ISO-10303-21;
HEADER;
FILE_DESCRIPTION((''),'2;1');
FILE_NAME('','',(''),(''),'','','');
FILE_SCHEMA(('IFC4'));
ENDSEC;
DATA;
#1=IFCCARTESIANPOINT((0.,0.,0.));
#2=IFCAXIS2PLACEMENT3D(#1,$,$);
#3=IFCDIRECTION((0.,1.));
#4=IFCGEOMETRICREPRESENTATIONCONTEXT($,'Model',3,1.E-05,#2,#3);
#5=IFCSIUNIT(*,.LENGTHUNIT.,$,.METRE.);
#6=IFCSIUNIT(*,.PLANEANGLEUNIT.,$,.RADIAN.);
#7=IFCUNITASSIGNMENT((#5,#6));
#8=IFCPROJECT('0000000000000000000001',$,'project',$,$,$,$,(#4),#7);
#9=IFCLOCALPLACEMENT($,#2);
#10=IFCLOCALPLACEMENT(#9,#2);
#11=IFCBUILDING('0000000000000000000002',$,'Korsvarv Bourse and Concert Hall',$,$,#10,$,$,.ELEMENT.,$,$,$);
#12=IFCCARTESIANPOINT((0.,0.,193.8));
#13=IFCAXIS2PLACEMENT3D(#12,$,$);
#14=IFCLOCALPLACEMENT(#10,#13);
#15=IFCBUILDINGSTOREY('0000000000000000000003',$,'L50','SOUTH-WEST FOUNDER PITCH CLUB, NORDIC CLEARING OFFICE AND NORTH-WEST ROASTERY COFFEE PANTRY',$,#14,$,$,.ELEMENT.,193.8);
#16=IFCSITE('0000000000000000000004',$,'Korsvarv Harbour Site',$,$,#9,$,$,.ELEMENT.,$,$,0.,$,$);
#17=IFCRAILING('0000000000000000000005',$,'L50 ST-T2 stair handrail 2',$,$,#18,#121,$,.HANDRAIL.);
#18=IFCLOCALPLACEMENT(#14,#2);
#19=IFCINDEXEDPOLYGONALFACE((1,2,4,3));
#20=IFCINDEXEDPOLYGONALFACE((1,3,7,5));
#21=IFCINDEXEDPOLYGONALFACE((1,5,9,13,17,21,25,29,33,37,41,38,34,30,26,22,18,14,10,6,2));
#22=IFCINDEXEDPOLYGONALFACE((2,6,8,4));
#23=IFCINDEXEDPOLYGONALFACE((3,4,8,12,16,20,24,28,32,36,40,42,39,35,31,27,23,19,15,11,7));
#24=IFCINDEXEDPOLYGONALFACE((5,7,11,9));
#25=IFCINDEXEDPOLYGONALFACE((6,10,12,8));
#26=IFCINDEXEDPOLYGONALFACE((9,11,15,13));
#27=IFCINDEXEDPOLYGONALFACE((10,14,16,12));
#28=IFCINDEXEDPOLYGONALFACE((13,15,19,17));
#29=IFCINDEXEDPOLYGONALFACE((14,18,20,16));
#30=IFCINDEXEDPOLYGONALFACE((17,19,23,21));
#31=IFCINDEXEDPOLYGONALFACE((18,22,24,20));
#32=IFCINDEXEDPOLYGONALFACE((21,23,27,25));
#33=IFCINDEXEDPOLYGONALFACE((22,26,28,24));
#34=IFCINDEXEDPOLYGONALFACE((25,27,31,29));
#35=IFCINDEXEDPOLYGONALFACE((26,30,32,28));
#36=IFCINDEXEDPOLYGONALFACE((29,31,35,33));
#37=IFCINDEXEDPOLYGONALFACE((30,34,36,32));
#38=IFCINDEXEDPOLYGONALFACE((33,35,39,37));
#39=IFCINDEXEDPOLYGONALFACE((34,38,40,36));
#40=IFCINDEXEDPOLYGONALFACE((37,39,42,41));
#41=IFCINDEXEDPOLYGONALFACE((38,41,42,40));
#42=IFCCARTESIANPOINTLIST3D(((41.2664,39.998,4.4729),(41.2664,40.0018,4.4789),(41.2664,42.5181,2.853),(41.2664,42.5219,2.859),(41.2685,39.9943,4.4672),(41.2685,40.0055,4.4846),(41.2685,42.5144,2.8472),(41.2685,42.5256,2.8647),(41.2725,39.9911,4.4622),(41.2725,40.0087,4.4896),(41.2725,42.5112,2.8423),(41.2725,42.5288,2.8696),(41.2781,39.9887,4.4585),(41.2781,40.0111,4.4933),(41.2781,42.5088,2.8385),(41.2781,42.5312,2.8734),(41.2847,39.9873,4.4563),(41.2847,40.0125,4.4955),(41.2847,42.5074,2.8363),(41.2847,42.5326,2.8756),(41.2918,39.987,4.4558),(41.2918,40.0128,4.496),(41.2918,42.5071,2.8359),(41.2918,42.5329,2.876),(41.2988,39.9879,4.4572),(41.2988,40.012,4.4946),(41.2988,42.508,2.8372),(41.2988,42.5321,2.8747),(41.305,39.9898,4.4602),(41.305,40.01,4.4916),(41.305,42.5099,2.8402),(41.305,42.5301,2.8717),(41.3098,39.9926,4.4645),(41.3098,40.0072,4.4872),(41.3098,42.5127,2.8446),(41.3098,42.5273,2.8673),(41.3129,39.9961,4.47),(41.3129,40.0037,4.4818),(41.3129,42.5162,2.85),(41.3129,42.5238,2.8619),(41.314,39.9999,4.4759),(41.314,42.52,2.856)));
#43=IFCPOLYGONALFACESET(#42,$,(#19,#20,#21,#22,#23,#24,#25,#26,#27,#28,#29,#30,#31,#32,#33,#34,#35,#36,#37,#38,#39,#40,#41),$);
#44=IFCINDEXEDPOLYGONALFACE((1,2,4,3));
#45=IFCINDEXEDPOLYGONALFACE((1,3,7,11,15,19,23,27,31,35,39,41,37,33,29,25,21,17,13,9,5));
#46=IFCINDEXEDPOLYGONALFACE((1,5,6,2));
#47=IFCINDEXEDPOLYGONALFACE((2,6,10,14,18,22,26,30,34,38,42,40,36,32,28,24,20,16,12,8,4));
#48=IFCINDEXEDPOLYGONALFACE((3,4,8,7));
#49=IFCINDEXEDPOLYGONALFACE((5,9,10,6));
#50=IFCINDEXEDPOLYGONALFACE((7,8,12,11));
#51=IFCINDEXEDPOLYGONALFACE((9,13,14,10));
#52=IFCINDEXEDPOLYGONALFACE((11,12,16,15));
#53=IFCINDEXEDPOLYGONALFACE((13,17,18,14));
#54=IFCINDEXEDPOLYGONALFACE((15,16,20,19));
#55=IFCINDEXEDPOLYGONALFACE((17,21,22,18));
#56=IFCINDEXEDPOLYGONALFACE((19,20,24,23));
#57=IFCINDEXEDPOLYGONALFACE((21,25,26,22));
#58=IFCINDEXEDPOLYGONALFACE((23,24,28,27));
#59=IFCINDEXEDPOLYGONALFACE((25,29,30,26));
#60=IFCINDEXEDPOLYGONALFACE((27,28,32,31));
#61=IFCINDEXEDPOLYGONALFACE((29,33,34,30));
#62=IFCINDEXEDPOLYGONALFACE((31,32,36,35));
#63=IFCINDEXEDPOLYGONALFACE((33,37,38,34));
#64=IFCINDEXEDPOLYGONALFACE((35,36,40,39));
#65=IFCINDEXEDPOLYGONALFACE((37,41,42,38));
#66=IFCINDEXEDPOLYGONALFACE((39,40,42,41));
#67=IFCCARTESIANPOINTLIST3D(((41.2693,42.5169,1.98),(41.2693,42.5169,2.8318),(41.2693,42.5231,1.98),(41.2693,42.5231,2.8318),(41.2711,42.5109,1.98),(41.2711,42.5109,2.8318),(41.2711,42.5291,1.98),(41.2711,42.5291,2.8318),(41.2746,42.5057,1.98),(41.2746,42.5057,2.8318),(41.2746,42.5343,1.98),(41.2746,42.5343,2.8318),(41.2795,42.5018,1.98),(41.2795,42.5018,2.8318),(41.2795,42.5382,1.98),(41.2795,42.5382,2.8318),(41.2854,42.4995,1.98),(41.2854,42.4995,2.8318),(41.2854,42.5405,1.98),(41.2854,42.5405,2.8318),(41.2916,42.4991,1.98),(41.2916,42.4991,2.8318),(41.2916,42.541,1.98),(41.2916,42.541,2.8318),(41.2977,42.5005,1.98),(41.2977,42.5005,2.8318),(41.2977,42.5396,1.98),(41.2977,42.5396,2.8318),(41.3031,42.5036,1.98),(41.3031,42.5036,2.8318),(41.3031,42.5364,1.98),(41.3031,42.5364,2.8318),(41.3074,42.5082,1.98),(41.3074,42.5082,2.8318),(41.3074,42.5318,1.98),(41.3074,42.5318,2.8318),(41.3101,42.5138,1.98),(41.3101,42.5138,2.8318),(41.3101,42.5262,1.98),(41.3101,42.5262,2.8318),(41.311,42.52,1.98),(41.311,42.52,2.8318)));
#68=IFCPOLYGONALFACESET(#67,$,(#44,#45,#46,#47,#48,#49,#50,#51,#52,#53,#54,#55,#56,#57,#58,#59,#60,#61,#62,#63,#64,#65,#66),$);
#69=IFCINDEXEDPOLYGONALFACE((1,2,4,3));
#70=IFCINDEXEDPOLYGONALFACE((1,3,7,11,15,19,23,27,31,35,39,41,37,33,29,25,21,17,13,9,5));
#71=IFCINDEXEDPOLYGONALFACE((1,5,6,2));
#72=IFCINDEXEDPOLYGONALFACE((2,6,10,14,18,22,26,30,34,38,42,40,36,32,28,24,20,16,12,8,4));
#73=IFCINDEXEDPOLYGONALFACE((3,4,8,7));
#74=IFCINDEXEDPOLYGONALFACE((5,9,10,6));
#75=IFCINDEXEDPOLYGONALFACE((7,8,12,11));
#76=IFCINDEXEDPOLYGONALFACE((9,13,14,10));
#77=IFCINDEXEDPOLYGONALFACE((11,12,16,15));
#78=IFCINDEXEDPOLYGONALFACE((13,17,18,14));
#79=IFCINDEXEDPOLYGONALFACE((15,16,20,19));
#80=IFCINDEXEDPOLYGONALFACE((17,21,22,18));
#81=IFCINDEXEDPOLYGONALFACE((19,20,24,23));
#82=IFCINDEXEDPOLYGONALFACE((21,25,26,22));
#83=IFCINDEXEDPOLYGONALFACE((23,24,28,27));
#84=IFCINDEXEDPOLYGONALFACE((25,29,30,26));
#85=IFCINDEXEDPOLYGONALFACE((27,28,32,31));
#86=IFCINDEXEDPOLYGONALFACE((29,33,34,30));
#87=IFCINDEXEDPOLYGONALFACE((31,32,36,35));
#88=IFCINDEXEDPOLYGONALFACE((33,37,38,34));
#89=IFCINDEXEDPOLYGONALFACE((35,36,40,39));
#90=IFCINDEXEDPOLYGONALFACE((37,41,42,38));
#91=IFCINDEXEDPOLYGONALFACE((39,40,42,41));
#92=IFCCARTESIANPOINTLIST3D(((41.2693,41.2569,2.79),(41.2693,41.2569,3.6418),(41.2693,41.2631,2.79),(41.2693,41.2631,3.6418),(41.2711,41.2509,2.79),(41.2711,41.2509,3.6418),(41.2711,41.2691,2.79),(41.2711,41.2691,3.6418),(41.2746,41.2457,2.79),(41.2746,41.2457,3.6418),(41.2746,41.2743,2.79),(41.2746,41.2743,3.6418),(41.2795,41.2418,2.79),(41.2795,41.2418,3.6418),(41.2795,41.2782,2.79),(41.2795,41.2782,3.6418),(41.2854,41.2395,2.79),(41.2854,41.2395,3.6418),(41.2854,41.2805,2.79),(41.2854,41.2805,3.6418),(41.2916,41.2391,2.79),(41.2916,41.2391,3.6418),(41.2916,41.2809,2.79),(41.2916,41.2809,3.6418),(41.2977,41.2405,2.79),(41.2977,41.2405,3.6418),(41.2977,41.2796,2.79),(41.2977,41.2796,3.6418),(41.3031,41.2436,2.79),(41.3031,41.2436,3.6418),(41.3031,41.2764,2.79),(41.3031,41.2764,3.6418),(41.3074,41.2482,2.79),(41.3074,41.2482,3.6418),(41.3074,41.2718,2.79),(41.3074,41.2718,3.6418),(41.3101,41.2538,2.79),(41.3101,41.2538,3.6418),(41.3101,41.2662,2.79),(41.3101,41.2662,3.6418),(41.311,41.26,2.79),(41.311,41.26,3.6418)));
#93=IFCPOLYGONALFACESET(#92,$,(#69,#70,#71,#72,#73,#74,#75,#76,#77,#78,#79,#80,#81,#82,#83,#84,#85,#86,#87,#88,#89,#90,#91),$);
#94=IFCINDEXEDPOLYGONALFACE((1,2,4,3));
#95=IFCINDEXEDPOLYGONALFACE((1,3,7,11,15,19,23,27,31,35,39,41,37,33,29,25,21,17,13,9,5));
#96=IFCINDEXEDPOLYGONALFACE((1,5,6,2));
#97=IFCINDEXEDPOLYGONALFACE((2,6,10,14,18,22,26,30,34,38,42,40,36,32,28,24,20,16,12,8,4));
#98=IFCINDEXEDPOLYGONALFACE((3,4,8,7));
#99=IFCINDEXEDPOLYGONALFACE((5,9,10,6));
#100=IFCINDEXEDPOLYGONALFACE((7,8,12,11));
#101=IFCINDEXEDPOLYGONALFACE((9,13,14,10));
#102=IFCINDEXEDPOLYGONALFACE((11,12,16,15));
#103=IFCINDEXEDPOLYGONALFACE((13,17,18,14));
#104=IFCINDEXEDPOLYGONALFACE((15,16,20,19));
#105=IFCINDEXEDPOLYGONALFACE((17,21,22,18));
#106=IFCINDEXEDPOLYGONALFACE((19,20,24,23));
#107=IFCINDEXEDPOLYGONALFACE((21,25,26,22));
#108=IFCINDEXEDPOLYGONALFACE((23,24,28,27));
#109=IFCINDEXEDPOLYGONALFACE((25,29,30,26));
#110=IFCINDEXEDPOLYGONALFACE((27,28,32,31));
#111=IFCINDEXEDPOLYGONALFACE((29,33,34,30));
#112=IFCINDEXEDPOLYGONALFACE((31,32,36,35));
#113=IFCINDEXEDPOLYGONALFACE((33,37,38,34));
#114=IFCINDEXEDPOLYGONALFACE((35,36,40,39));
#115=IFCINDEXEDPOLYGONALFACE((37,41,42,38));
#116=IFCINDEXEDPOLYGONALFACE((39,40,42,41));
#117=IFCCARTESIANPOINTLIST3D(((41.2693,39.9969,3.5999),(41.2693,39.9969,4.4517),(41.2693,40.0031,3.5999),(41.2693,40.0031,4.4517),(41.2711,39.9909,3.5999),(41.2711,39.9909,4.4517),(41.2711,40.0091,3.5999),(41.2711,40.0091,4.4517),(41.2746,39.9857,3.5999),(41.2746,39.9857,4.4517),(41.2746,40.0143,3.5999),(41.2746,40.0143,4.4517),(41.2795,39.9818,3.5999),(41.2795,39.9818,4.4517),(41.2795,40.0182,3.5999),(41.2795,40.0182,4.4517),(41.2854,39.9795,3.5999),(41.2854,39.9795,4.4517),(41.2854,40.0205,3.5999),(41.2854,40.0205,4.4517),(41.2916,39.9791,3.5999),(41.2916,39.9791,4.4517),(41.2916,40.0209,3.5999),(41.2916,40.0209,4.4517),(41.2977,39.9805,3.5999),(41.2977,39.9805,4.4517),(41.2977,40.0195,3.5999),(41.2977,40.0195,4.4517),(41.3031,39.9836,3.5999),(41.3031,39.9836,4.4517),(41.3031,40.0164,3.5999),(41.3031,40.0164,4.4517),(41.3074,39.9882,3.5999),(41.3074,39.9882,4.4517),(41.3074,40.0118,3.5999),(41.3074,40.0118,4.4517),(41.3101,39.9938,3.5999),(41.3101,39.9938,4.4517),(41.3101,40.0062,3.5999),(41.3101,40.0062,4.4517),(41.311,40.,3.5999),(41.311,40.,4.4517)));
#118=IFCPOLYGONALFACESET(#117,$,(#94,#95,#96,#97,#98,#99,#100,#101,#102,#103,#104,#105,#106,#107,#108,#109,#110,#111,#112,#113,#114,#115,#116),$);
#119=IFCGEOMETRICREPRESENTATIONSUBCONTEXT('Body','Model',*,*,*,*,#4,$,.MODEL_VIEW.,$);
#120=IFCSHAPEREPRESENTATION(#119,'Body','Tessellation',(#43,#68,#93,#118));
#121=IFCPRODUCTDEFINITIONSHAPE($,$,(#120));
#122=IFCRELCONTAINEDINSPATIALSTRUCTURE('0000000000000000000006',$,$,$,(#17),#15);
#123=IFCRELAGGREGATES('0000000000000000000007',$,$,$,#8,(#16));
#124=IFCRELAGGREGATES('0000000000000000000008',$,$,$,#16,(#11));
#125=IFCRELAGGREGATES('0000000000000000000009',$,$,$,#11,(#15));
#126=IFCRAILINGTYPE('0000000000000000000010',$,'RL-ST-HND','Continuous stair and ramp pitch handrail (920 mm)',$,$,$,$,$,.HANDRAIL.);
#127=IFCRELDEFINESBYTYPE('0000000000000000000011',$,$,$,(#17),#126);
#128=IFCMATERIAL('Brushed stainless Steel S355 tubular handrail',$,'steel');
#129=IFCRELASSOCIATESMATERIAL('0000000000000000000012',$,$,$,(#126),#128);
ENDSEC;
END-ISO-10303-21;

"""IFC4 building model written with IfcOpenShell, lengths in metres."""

from ifc_helpers import new_model, si_unit, direction, frame, origin, origin_2d, place, context, subcontext, project, spatial, circle, extrude, material, type_object, element, save


model = new_model("IFC4")

# Units and contexts
model_context = context("Model", 3, precision=1e-05, world=origin(), true_north=direction((0.0, 1.0)))
body_context = subcontext(model_context, "Body", "Model", "MODEL_VIEW")
ifc_project = project(units=[si_unit("LENGTHUNIT", "METRE"), si_unit("PLANEANGLEUNIT", "RADIAN")], contexts=[model_context])

# Site, building, storey
site_placement = place(None, origin())
site = spatial("IfcSite", under=ifc_project, at=site_placement, Name="Korsvarv Harbour Site", CompositionType="ELEMENT", RefElevation=0.0)
building_placement = place(site_placement, origin())
building = spatial("IfcBuilding", under=site, at=building_placement, Name="Korsvarv Bourse and Concert Hall", CompositionType="ELEMENT")
storey_placement = place(building_placement, frame((0.0, 0.0, 193.8)))
storey = spatial("IfcBuildingStorey", under=building, at=storey_placement, Name="L50", Description="SOUTH-WEST FOUNDER PITCH CLUB, NORDIC CLEARING OFFICE AND NORTH-WEST ROASTERY COFFEE PANTRY", CompositionType="ELEMENT", Elevation=193.8)

# Railing
ifc_material_1 = material(Name="Brushed stainless Steel S355 tubular handrail", Category="steel")
railing_type = type_object("IfcRailingType", Name="RL-ST-HND", Description="Continuous stair and ramp pitch handrail (920 mm)", PredefinedType="HANDRAIL", material=ifc_material_1)
railing_placement = place(storey_placement, frame((41.29, 42.52, 1.98)))
element("IfcRailing", 1, at=railing_placement, inside=storey, type_object=railing_type, Name="L50 ST-T2 stair handrail 2", PredefinedType="HANDRAIL", context=body_context, shape_type="SweptSolid", body=[
    extrude(circle(Radius=0.0239, at=origin_2d()), frame((0.0, 0.0, 0.876), z_axis=(0.0, -0.8412, 0.540725), x_axis=(1.0, 0.0, 0.0)), (0.0, 0.0, 1.0), 2.9958),
    extrude(circle(Radius=0.021, at=origin_2d()), origin(), (0.0, 0.0, 1.0), 0.8518),
    extrude(circle(Radius=0.021, at=origin_2d()), frame((0.0, -1.26, 0.8101)), (0.0, 0.0, 1.0), 0.8518),
    extrude(circle(Radius=0.021, at=origin_2d()), frame((0.0, -2.52, 1.6199)), (0.0, 0.0, 1.0), 0.8518),
])

save(model, "model.ifc")
